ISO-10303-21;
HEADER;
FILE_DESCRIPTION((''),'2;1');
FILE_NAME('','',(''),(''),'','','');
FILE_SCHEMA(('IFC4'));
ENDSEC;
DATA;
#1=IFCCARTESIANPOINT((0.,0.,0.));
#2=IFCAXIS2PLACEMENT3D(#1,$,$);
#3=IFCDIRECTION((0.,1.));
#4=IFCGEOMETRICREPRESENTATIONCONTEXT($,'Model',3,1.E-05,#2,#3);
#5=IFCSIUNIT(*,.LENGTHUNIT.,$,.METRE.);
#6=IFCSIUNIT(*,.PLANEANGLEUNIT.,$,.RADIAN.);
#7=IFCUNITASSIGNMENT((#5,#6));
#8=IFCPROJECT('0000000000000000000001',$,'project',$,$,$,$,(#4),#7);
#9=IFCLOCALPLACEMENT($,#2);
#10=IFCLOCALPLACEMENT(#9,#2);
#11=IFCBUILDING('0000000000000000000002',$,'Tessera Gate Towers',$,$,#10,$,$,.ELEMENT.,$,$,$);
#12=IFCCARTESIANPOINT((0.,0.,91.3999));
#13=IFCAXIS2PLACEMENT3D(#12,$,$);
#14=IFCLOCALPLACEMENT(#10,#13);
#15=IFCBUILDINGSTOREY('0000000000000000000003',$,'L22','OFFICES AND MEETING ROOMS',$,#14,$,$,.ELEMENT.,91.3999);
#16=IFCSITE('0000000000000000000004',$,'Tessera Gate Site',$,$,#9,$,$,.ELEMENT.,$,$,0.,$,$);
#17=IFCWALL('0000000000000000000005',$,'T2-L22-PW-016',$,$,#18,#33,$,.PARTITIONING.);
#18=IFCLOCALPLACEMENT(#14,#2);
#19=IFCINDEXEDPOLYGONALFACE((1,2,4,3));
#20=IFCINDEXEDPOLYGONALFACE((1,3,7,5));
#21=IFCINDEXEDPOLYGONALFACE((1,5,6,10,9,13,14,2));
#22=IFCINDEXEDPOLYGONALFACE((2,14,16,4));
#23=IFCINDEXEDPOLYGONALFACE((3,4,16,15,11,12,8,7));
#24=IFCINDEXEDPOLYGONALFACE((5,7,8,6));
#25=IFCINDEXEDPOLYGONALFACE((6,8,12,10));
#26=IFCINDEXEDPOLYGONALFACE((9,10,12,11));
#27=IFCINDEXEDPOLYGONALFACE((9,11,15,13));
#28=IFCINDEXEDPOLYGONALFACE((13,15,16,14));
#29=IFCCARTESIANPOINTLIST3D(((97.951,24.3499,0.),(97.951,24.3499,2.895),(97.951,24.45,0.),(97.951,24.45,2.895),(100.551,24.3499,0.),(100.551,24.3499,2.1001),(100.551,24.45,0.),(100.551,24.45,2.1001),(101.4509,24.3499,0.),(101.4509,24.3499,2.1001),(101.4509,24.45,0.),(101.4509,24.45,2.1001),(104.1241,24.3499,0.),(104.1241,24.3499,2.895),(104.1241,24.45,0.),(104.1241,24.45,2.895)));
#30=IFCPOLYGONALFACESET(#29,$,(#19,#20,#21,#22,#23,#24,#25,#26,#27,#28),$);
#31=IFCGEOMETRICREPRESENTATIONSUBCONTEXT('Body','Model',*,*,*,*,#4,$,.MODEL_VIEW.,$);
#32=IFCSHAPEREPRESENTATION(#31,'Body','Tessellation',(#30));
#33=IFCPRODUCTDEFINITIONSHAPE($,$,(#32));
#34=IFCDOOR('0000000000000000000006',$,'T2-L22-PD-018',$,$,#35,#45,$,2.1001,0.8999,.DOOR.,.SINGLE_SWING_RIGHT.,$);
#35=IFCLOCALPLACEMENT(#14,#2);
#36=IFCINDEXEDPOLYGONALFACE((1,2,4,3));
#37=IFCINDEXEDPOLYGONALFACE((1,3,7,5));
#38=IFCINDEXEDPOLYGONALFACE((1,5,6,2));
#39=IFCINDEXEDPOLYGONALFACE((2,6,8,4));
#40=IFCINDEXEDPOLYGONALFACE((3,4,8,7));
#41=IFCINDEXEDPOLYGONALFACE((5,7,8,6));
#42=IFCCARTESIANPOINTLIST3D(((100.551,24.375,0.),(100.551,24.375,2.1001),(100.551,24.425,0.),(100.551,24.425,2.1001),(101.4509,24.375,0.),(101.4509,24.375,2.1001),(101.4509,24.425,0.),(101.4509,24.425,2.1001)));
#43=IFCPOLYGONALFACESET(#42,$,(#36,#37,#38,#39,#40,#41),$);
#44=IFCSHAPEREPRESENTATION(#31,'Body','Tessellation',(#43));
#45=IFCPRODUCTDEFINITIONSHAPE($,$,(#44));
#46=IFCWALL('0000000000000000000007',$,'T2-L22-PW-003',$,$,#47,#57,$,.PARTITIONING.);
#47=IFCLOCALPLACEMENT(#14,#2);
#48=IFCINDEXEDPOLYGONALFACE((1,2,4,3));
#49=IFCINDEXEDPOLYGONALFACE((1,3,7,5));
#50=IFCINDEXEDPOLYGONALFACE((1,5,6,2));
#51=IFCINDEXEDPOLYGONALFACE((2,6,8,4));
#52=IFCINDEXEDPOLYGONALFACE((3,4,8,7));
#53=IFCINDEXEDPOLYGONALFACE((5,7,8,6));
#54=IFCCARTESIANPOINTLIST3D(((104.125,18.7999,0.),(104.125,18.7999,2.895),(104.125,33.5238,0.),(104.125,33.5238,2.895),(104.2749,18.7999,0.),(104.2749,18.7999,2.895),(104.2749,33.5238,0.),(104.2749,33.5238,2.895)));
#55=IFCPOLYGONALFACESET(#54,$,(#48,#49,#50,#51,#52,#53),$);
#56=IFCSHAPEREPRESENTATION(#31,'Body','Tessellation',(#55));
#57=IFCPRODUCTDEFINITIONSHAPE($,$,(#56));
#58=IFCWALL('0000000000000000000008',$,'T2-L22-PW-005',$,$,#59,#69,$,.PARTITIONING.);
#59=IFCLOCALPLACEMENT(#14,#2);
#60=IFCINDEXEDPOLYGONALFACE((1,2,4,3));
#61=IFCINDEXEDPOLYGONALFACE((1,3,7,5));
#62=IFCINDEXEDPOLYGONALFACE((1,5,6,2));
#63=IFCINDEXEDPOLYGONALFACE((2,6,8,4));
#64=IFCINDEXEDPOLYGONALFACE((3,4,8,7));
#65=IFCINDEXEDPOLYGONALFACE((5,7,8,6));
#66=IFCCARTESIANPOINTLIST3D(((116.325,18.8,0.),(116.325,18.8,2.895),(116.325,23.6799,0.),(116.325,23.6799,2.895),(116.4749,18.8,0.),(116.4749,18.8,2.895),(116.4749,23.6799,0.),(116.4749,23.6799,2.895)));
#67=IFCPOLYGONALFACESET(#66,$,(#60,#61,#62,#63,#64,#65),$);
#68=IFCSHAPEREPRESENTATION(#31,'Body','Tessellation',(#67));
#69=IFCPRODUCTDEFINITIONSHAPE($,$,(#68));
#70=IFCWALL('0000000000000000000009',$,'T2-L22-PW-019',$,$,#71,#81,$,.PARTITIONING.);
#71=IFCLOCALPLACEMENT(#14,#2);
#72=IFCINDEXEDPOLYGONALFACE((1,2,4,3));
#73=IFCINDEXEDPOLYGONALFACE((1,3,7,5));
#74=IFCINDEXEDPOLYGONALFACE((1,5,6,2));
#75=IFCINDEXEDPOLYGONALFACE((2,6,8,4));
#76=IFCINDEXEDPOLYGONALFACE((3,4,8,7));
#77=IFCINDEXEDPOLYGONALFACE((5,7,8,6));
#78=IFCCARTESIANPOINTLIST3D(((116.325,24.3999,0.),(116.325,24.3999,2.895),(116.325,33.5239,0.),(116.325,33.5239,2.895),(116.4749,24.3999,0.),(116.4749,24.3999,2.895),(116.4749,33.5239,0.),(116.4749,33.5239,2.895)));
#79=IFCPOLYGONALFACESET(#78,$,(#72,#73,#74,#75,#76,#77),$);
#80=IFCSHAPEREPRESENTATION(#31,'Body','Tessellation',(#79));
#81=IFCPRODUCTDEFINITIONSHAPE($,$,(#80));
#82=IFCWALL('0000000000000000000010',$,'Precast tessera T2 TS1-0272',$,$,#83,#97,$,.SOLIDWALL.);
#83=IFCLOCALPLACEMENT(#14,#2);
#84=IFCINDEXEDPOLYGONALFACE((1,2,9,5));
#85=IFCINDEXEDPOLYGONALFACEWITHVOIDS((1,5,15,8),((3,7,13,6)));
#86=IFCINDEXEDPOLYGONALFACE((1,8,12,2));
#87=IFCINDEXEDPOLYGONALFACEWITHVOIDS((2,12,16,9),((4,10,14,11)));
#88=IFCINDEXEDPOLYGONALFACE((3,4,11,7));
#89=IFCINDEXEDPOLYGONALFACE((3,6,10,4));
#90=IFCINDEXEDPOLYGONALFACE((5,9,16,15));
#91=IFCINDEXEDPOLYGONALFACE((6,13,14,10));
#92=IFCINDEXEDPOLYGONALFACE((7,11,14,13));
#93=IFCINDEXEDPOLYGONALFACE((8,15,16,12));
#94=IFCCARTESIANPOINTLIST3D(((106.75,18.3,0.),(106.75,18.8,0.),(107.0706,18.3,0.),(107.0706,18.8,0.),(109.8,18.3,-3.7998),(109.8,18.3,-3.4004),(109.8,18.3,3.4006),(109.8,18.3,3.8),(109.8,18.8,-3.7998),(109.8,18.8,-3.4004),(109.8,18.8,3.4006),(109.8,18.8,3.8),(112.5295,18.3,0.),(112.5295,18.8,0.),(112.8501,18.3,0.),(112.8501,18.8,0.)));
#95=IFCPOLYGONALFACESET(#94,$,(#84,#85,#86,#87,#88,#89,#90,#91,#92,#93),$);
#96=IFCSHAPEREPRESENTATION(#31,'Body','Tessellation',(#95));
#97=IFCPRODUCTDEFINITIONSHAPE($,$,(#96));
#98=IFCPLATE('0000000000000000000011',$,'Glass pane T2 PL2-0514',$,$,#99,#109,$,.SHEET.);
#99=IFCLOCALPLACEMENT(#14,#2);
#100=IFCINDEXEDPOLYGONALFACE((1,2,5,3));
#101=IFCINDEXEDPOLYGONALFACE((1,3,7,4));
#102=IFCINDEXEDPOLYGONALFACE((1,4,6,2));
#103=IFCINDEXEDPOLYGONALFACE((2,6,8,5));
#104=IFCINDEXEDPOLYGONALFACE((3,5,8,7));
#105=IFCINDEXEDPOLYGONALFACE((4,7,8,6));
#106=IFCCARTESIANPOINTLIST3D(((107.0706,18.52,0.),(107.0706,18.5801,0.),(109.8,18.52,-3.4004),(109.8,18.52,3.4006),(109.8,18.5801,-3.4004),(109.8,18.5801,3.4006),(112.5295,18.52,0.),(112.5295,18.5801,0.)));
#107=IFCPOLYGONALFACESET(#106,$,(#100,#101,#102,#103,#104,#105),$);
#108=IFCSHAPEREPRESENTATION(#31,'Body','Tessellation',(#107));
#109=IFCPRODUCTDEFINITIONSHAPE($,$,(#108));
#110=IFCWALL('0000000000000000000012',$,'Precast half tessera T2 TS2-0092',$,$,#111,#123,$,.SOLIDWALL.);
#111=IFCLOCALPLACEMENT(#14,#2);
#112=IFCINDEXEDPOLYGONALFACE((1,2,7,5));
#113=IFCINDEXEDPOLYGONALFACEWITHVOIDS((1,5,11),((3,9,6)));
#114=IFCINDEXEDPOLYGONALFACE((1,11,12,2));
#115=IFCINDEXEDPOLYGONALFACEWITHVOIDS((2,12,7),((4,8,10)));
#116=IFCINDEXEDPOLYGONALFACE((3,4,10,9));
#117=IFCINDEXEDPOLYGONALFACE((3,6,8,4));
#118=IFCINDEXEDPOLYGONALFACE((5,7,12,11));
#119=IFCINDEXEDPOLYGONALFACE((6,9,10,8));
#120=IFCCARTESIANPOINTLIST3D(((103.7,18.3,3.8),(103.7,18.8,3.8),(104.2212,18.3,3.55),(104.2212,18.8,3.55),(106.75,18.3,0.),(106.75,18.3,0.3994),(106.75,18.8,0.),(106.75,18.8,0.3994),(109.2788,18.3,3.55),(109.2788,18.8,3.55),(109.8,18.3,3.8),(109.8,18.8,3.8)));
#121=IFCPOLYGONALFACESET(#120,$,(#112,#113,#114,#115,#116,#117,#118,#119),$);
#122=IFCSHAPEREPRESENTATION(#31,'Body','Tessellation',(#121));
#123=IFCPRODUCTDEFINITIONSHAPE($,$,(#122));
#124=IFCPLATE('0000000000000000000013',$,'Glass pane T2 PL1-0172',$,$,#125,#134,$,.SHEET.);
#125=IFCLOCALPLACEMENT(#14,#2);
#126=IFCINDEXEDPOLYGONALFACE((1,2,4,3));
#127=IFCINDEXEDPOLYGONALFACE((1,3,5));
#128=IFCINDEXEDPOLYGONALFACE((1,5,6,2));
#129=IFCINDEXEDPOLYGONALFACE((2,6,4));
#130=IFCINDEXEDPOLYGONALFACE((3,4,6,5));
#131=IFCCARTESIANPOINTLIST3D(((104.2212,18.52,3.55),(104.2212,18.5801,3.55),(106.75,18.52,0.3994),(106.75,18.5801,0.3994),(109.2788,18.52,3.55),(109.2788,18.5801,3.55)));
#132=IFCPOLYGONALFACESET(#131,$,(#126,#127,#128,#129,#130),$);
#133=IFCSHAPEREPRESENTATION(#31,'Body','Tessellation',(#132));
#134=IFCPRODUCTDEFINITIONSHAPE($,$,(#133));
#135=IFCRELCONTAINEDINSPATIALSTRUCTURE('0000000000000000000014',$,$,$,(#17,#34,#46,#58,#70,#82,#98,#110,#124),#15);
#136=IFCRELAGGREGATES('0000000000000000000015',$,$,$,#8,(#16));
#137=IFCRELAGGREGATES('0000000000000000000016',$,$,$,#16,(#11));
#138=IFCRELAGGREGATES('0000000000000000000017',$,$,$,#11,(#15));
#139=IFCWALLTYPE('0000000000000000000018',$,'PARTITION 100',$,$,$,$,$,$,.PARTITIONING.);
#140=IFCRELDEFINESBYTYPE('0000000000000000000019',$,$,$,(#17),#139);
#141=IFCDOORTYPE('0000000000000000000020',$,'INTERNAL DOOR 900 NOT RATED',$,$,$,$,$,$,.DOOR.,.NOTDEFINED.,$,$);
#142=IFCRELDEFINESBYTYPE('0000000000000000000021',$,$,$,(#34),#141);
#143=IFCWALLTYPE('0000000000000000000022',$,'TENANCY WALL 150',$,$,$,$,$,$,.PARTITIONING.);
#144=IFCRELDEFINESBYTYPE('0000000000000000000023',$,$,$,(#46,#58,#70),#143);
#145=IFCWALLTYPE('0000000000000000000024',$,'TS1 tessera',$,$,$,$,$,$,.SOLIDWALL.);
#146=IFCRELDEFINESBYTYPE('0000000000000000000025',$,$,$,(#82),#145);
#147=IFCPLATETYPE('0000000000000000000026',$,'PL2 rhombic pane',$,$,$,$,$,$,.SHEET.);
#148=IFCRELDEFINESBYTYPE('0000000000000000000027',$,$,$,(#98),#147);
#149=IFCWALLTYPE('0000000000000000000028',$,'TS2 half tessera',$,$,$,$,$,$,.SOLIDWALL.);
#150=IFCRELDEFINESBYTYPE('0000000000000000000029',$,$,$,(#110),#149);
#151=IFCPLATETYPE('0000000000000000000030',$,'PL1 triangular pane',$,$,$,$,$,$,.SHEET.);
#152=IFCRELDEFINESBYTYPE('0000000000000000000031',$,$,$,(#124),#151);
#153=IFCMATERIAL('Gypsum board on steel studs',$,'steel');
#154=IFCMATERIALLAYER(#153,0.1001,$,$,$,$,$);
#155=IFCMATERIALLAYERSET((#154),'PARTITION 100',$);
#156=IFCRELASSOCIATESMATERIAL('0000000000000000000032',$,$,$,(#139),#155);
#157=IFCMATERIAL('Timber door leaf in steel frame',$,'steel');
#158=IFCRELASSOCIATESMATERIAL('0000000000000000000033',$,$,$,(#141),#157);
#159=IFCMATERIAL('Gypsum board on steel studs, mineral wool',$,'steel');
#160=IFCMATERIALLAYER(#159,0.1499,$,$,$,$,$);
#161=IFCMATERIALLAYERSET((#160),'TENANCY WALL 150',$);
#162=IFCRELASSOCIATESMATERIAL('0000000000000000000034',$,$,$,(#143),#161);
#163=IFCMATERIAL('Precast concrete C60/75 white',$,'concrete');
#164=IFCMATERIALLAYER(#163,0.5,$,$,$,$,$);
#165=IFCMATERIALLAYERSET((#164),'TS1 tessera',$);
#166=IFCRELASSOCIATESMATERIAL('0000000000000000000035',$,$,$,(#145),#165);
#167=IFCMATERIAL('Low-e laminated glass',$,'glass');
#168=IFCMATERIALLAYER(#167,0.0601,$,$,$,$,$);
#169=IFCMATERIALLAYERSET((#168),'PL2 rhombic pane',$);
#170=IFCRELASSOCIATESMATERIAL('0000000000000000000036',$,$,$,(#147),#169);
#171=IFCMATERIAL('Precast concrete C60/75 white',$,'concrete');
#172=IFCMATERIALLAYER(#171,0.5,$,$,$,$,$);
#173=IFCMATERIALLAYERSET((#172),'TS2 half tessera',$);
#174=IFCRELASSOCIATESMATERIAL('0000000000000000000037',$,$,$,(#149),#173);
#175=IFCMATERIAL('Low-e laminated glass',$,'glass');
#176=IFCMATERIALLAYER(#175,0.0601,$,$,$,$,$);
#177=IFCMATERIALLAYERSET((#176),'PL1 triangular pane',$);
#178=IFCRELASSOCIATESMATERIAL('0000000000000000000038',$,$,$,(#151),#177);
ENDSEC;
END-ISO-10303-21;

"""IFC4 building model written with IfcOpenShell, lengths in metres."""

from ifc_helpers import new_model, si_unit, direction, frame, frame_2d, origin, place, context, subcontext, project, spatial, polyline, rectangle, outline, extrude, source, transform, mapped, material, layer, layer_set, type_object, element, fill, save


model = new_model("IFC4")

# Units and contexts
model_context = context("Model", 3, precision=1e-05, world=origin(), true_north=direction((0.0, 1.0)))
body_context = subcontext(model_context, "Body", "Model", "MODEL_VIEW")
ifc_project = project(units=[si_unit("LENGTHUNIT", "METRE"), si_unit("PLANEANGLEUNIT", "RADIAN")], contexts=[model_context])

# Site, building, storey
site_placement = place(None, origin())
site = spatial("IfcSite", under=ifc_project, at=site_placement, Name="Tessera Gate Site", CompositionType="ELEMENT", RefElevation=0.0)
building_placement = place(site_placement, origin())
building = spatial("IfcBuilding", under=site, at=building_placement, Name="Tessera Gate Towers", CompositionType="ELEMENT")
storey_placement = place(building_placement, frame((0.0, 0.0, 91.3999)))
storey = spatial("IfcBuildingStorey", under=building, at=storey_placement, Name="L22", Description="OFFICES AND MEETING ROOMS", CompositionType="ELEMENT", Elevation=91.3999)

# Shared definitions
shared_shape_1 = source(origin(), body_context, "Body", "SweptSolid", [
    extrude(rectangle(XDim=0.8999, YDim=2.1001, at=frame_2d((0.45, 1.05))), frame((0.0, 0.0601, 0.0), z_axis=(0.0, -1.0, 0.0), x_axis=(1.0, 0.0, 0.0)), (0.0, 0.0, 1.0), 0.1201),
])
shared_shape_2 = source(origin(), body_context, "Body", "SweptSolid", [
    extrude(rectangle(XDim=0.8999, YDim=2.1001, at=frame_2d((0.45, 1.05))), frame((0.0, 0.0249, 0.0), z_axis=(0.0, -1.0, 0.0), x_axis=(1.0, 0.0, 0.0)), (0.0, 0.0, 1.0), 0.05),
])

# Shared definitions
ifc_material_1 = material(Name="Gypsum board on steel studs", Category="steel")
ifc_layer_1 = layer(ifc_material_1, 0.1001)
ifc_layer_set_1 = layer_set([ifc_layer_1], Name="PARTITION 100")
wall_type_1 = type_object("IfcWallType", Name="PARTITION 100", PredefinedType="PARTITIONING", material=ifc_layer_set_1)

# Wall, opening, door
wall_1_placement = place(storey_placement, frame((104.124, 24.3999, 0.0), z_axis=(0.0, 0.0, 1.0), x_axis=(-1.0, 0.0, 0.0)))
wall_1 = element("IfcWall", 1, at=wall_1_placement, inside=storey, type_object=wall_type_1, Name="T2-L22-PW-016", PredefinedType="PARTITIONING", context=body_context, shape_type="SweptSolid", body=[
    extrude(rectangle(XDim=6.1731, YDim=0.1001, at=frame_2d((3.0864, 0.0))), origin(), (0.0, 0.0, 1.0), 2.895),
])
opening_1_placement = place(wall_1_placement, frame((2.6731, 0.0, 0.0)))
opening_1 = element("IfcOpeningElement", 2, at=opening_1_placement, cuts=wall_1, PredefinedType="OPENING", context=body_context, shape_type="MappedRepresentation", body=[
    mapped(shared_shape_1, transform((0.0, 0.0, 0.0), scale=1.0)),
])
ifc_material_2 = material(Name="Timber door leaf in steel frame", Category="steel")
door_type_1 = type_object("IfcDoorType", Name="INTERNAL DOOR 900 NOT RATED", OperationType="NOTDEFINED", PredefinedType="DOOR", material=ifc_material_2)
door_1_placement = place(opening_1_placement, origin())
door_1 = element("IfcDoor", 3, at=door_1_placement, inside=storey, type_object=door_type_1, Name="T2-L22-PD-018", OperationType="SINGLE_SWING_RIGHT", OverallHeight=2.1001, OverallWidth=0.8999, PredefinedType="DOOR", context=body_context, shape_type="MappedRepresentation", body=[
    mapped(shared_shape_2, transform((0.0, 0.0, 0.0), scale=1.0)),
])
fill(opening_1, door_1)

# Walls
ifc_material_3 = material(Name="Gypsum board on steel studs, mineral wool", Category="steel")
ifc_layer_2 = layer(ifc_material_3, 0.1499)
ifc_layer_set_2 = layer_set([ifc_layer_2], Name="TENANCY WALL 150")
wall_type_2 = type_object("IfcWallType", Name="TENANCY WALL 150", PredefinedType="PARTITIONING", material=ifc_layer_set_2)
wall_2_placement = place(storey_placement, frame((104.2, 18.8, 0.0), z_axis=(0.0, 0.0, 1.0), x_axis=(0.0, 1.0, 0.0)))
element("IfcWall", 4, at=wall_2_placement, inside=storey, type_object=wall_type_2, Name="T2-L22-PW-003", PredefinedType="PARTITIONING", context=body_context, shape_type="SweptSolid", body=[
    extrude(rectangle(XDim=14.7239, YDim=0.1499, at=frame_2d((7.3618, 0.0))), origin(), (0.0, 0.0, 1.0), 2.895),
])
wall_3_placement = place(storey_placement, frame((116.3999, 18.8, 0.0), z_axis=(0.0, 0.0, 1.0), x_axis=(0.0, 1.0, 0.0)))
element("IfcWall", 5, at=wall_3_placement, inside=storey, type_object=wall_type_2, Name="T2-L22-PW-005", PredefinedType="PARTITIONING", context=body_context, shape_type="SweptSolid", body=[
    extrude(rectangle(XDim=4.8799, YDim=0.1499, at=frame_2d((2.4399, 0.0))), origin(), (0.0, 0.0, 1.0), 2.895),
])
wall_4_placement = place(storey_placement, frame((116.3999, 24.3999, 0.0), z_axis=(0.0, 0.0, 1.0), x_axis=(0.0, 1.0, 0.0)))
element("IfcWall", 6, at=wall_4_placement, inside=storey, type_object=wall_type_2, Name="T2-L22-PW-019", PredefinedType="PARTITIONING", context=body_context, shape_type="SweptSolid", body=[
    extrude(rectangle(XDim=9.124, YDim=0.1499, at=frame_2d((4.562, 0.0))), origin(), (0.0, 0.0, 1.0), 2.895),
])

# Walls, openings, plates
ifc_material_4 = material(Name="Precast concrete C60/75 white", Category="concrete")
ifc_layer_3 = layer(ifc_material_4, 0.5)
ifc_layer_set_3 = layer_set([ifc_layer_3], Name="TS1 tessera")
wall_type_3 = type_object("IfcWallType", Name="TS1 tessera", PredefinedType="SOLIDWALL", material=ifc_layer_set_3)
shared_shape_3 = source(origin(), body_context, "Body", "SweptSolid", [
    extrude(outline(polyline([(3.05, 0.0), (6.1001, 3.7998), (3.05, 7.5999), (0.0, 3.7998), (3.05, 0.0)])), frame((0.0, 0.25, 0.0), z_axis=(0.0, -1.0, 0.0), x_axis=(1.0, 0.0, 0.0)), (0.0, 0.0, 1.0), 0.5),
])
wall_5_placement = place(storey_placement, frame((106.75, 18.55, -3.7998), z_axis=(0.0, 0.0, 1.0), x_axis=(1.0, 0.0, 0.0)))
wall_5 = element("IfcWall", 7, at=wall_5_placement, inside=storey, type_object=wall_type_3, Name="Precast tessera T2 TS1-0272", PredefinedType="SOLIDWALL", context=body_context, shape_type="MappedRepresentation", body=[
    mapped(shared_shape_3, transform((0.0, 0.0, 0.0), scale=1.0)),
])
shared_shape_4 = source(origin(), body_context, "Body", "SweptSolid", [
    extrude(outline(polyline([(3.05, 0.3994), (5.7795, 3.7998), (3.05, 7.2004), (0.3206, 3.7998), (3.05, 0.3994)])), frame((0.0, 0.26, 0.0), z_axis=(0.0, -1.0, 0.0), x_axis=(1.0, 0.0, 0.0)), (0.0, 0.0, 1.0), 0.52),
])
opening_2_placement = place(wall_5_placement, origin())
opening_2 = element("IfcOpeningElement", 8, at=opening_2_placement, cuts=wall_5, PredefinedType="OPENING", context=body_context, shape_type="MappedRepresentation", body=[
    mapped(shared_shape_4, transform((0.0, 0.0, 0.0), scale=1.0)),
])
ifc_material_5 = material(Name="Low-e laminated glass", Category="glass")
ifc_layer_4 = layer(ifc_material_5, 0.0601)
ifc_layer_set_4 = layer_set([ifc_layer_4], Name="PL2 rhombic pane")
plate_type_1 = type_object("IfcPlateType", Name="PL2 rhombic pane", PredefinedType="SHEET", material=ifc_layer_set_4)
shared_shape_5 = source(origin(), body_context, "Body", "SweptSolid", [
    extrude(outline(polyline([(3.05, 0.3994), (5.7795, 3.7998), (3.05, 7.2004), (0.3206, 3.7998), (3.05, 0.3994)])), frame((0.0, 0.03, 0.0), z_axis=(0.0, -1.0, 0.0), x_axis=(1.0, 0.0, 0.0)), (0.0, 0.0, 1.0), 0.0601),
])
plate_1_placement = place(opening_2_placement, origin())
plate_1 = element("IfcPlate", 9, at=plate_1_placement, inside=storey, type_object=plate_type_1, Name="Glass pane T2 PL2-0514", PredefinedType="SHEET", context=body_context, shape_type="MappedRepresentation", body=[
    mapped(shared_shape_5, transform((0.0, 0.0, 0.0), scale=1.0)),
])
fill(opening_2, plate_1)
ifc_material_6 = material(Name="Precast concrete C60/75 white", Category="concrete")
ifc_layer_5 = layer(ifc_material_6, 0.5)
ifc_layer_set_5 = layer_set([ifc_layer_5], Name="TS2 half tessera")
wall_type_4 = type_object("IfcWallType", Name="TS2 half tessera", PredefinedType="SOLIDWALL", material=ifc_layer_set_5)
shared_shape_6 = source(origin(), body_context, "Body", "SweptSolid", [
    extrude(outline(polyline([(3.05, 0.0), (6.1001, 3.8), (0.0, 3.8), (3.05, 0.0)])), frame((0.0, 0.25, 0.0), z_axis=(0.0, -1.0, 0.0), x_axis=(1.0, 0.0, 0.0)), (0.0, 0.0, 1.0), 0.5),
])
wall_6_placement = place(storey_placement, frame((103.7, 18.55, 0.0), z_axis=(0.0, 0.0, 1.0), x_axis=(1.0, 0.0, 0.0)))
wall_6 = element("IfcWall", 10, at=wall_6_placement, inside=storey, type_object=wall_type_4, Name="Precast half tessera T2 TS2-0092", PredefinedType="SOLIDWALL", context=body_context, shape_type="MappedRepresentation", body=[
    mapped(shared_shape_6, transform((0.0, 0.0, 0.0), scale=1.0)),
])
shared_shape_7 = source(origin(), body_context, "Body", "SweptSolid", [
    extrude(outline(polyline([(3.05, 0.3994), (5.5789, 3.55), (0.5212, 3.55), (3.05, 0.3994)])), frame((0.0, 0.26, 0.0), z_axis=(0.0, -1.0, 0.0), x_axis=(1.0, 0.0, 0.0)), (0.0, 0.0, 1.0), 0.52),
])
opening_3_placement = place(wall_6_placement, origin())
opening_3 = element("IfcOpeningElement", 11, at=opening_3_placement, cuts=wall_6, PredefinedType="OPENING", context=body_context, shape_type="MappedRepresentation", body=[
    mapped(shared_shape_7, transform((0.0, 0.0, 0.0), scale=1.0)),
])
ifc_material_7 = material(Name="Low-e laminated glass", Category="glass")
ifc_layer_6 = layer(ifc_material_7, 0.0601)
ifc_layer_set_6 = layer_set([ifc_layer_6], Name="PL1 triangular pane")
plate_type_2 = type_object("IfcPlateType", Name="PL1 triangular pane", PredefinedType="SHEET", material=ifc_layer_set_6)
shared_shape_8 = source(origin(), body_context, "Body", "SweptSolid", [
    extrude(outline(polyline([(3.05, 0.3994), (5.5789, 3.55), (0.5212, 3.55), (3.05, 0.3994)])), frame((0.0, 0.03, 0.0), z_axis=(0.0, -1.0, 0.0), x_axis=(1.0, 0.0, 0.0)), (0.0, 0.0, 1.0), 0.0601),
])
plate_2_placement = place(opening_3_placement, origin())
plate_2 = element("IfcPlate", 12, at=plate_2_placement, inside=storey, type_object=plate_type_2, Name="Glass pane T2 PL1-0172", PredefinedType="SHEET", context=body_context, shape_type="MappedRepresentation", body=[
    mapped(shared_shape_8, transform((0.0, 0.0, 0.0), scale=1.0)),
])
fill(opening_3, plate_2)

save(model, "model.ifc")
